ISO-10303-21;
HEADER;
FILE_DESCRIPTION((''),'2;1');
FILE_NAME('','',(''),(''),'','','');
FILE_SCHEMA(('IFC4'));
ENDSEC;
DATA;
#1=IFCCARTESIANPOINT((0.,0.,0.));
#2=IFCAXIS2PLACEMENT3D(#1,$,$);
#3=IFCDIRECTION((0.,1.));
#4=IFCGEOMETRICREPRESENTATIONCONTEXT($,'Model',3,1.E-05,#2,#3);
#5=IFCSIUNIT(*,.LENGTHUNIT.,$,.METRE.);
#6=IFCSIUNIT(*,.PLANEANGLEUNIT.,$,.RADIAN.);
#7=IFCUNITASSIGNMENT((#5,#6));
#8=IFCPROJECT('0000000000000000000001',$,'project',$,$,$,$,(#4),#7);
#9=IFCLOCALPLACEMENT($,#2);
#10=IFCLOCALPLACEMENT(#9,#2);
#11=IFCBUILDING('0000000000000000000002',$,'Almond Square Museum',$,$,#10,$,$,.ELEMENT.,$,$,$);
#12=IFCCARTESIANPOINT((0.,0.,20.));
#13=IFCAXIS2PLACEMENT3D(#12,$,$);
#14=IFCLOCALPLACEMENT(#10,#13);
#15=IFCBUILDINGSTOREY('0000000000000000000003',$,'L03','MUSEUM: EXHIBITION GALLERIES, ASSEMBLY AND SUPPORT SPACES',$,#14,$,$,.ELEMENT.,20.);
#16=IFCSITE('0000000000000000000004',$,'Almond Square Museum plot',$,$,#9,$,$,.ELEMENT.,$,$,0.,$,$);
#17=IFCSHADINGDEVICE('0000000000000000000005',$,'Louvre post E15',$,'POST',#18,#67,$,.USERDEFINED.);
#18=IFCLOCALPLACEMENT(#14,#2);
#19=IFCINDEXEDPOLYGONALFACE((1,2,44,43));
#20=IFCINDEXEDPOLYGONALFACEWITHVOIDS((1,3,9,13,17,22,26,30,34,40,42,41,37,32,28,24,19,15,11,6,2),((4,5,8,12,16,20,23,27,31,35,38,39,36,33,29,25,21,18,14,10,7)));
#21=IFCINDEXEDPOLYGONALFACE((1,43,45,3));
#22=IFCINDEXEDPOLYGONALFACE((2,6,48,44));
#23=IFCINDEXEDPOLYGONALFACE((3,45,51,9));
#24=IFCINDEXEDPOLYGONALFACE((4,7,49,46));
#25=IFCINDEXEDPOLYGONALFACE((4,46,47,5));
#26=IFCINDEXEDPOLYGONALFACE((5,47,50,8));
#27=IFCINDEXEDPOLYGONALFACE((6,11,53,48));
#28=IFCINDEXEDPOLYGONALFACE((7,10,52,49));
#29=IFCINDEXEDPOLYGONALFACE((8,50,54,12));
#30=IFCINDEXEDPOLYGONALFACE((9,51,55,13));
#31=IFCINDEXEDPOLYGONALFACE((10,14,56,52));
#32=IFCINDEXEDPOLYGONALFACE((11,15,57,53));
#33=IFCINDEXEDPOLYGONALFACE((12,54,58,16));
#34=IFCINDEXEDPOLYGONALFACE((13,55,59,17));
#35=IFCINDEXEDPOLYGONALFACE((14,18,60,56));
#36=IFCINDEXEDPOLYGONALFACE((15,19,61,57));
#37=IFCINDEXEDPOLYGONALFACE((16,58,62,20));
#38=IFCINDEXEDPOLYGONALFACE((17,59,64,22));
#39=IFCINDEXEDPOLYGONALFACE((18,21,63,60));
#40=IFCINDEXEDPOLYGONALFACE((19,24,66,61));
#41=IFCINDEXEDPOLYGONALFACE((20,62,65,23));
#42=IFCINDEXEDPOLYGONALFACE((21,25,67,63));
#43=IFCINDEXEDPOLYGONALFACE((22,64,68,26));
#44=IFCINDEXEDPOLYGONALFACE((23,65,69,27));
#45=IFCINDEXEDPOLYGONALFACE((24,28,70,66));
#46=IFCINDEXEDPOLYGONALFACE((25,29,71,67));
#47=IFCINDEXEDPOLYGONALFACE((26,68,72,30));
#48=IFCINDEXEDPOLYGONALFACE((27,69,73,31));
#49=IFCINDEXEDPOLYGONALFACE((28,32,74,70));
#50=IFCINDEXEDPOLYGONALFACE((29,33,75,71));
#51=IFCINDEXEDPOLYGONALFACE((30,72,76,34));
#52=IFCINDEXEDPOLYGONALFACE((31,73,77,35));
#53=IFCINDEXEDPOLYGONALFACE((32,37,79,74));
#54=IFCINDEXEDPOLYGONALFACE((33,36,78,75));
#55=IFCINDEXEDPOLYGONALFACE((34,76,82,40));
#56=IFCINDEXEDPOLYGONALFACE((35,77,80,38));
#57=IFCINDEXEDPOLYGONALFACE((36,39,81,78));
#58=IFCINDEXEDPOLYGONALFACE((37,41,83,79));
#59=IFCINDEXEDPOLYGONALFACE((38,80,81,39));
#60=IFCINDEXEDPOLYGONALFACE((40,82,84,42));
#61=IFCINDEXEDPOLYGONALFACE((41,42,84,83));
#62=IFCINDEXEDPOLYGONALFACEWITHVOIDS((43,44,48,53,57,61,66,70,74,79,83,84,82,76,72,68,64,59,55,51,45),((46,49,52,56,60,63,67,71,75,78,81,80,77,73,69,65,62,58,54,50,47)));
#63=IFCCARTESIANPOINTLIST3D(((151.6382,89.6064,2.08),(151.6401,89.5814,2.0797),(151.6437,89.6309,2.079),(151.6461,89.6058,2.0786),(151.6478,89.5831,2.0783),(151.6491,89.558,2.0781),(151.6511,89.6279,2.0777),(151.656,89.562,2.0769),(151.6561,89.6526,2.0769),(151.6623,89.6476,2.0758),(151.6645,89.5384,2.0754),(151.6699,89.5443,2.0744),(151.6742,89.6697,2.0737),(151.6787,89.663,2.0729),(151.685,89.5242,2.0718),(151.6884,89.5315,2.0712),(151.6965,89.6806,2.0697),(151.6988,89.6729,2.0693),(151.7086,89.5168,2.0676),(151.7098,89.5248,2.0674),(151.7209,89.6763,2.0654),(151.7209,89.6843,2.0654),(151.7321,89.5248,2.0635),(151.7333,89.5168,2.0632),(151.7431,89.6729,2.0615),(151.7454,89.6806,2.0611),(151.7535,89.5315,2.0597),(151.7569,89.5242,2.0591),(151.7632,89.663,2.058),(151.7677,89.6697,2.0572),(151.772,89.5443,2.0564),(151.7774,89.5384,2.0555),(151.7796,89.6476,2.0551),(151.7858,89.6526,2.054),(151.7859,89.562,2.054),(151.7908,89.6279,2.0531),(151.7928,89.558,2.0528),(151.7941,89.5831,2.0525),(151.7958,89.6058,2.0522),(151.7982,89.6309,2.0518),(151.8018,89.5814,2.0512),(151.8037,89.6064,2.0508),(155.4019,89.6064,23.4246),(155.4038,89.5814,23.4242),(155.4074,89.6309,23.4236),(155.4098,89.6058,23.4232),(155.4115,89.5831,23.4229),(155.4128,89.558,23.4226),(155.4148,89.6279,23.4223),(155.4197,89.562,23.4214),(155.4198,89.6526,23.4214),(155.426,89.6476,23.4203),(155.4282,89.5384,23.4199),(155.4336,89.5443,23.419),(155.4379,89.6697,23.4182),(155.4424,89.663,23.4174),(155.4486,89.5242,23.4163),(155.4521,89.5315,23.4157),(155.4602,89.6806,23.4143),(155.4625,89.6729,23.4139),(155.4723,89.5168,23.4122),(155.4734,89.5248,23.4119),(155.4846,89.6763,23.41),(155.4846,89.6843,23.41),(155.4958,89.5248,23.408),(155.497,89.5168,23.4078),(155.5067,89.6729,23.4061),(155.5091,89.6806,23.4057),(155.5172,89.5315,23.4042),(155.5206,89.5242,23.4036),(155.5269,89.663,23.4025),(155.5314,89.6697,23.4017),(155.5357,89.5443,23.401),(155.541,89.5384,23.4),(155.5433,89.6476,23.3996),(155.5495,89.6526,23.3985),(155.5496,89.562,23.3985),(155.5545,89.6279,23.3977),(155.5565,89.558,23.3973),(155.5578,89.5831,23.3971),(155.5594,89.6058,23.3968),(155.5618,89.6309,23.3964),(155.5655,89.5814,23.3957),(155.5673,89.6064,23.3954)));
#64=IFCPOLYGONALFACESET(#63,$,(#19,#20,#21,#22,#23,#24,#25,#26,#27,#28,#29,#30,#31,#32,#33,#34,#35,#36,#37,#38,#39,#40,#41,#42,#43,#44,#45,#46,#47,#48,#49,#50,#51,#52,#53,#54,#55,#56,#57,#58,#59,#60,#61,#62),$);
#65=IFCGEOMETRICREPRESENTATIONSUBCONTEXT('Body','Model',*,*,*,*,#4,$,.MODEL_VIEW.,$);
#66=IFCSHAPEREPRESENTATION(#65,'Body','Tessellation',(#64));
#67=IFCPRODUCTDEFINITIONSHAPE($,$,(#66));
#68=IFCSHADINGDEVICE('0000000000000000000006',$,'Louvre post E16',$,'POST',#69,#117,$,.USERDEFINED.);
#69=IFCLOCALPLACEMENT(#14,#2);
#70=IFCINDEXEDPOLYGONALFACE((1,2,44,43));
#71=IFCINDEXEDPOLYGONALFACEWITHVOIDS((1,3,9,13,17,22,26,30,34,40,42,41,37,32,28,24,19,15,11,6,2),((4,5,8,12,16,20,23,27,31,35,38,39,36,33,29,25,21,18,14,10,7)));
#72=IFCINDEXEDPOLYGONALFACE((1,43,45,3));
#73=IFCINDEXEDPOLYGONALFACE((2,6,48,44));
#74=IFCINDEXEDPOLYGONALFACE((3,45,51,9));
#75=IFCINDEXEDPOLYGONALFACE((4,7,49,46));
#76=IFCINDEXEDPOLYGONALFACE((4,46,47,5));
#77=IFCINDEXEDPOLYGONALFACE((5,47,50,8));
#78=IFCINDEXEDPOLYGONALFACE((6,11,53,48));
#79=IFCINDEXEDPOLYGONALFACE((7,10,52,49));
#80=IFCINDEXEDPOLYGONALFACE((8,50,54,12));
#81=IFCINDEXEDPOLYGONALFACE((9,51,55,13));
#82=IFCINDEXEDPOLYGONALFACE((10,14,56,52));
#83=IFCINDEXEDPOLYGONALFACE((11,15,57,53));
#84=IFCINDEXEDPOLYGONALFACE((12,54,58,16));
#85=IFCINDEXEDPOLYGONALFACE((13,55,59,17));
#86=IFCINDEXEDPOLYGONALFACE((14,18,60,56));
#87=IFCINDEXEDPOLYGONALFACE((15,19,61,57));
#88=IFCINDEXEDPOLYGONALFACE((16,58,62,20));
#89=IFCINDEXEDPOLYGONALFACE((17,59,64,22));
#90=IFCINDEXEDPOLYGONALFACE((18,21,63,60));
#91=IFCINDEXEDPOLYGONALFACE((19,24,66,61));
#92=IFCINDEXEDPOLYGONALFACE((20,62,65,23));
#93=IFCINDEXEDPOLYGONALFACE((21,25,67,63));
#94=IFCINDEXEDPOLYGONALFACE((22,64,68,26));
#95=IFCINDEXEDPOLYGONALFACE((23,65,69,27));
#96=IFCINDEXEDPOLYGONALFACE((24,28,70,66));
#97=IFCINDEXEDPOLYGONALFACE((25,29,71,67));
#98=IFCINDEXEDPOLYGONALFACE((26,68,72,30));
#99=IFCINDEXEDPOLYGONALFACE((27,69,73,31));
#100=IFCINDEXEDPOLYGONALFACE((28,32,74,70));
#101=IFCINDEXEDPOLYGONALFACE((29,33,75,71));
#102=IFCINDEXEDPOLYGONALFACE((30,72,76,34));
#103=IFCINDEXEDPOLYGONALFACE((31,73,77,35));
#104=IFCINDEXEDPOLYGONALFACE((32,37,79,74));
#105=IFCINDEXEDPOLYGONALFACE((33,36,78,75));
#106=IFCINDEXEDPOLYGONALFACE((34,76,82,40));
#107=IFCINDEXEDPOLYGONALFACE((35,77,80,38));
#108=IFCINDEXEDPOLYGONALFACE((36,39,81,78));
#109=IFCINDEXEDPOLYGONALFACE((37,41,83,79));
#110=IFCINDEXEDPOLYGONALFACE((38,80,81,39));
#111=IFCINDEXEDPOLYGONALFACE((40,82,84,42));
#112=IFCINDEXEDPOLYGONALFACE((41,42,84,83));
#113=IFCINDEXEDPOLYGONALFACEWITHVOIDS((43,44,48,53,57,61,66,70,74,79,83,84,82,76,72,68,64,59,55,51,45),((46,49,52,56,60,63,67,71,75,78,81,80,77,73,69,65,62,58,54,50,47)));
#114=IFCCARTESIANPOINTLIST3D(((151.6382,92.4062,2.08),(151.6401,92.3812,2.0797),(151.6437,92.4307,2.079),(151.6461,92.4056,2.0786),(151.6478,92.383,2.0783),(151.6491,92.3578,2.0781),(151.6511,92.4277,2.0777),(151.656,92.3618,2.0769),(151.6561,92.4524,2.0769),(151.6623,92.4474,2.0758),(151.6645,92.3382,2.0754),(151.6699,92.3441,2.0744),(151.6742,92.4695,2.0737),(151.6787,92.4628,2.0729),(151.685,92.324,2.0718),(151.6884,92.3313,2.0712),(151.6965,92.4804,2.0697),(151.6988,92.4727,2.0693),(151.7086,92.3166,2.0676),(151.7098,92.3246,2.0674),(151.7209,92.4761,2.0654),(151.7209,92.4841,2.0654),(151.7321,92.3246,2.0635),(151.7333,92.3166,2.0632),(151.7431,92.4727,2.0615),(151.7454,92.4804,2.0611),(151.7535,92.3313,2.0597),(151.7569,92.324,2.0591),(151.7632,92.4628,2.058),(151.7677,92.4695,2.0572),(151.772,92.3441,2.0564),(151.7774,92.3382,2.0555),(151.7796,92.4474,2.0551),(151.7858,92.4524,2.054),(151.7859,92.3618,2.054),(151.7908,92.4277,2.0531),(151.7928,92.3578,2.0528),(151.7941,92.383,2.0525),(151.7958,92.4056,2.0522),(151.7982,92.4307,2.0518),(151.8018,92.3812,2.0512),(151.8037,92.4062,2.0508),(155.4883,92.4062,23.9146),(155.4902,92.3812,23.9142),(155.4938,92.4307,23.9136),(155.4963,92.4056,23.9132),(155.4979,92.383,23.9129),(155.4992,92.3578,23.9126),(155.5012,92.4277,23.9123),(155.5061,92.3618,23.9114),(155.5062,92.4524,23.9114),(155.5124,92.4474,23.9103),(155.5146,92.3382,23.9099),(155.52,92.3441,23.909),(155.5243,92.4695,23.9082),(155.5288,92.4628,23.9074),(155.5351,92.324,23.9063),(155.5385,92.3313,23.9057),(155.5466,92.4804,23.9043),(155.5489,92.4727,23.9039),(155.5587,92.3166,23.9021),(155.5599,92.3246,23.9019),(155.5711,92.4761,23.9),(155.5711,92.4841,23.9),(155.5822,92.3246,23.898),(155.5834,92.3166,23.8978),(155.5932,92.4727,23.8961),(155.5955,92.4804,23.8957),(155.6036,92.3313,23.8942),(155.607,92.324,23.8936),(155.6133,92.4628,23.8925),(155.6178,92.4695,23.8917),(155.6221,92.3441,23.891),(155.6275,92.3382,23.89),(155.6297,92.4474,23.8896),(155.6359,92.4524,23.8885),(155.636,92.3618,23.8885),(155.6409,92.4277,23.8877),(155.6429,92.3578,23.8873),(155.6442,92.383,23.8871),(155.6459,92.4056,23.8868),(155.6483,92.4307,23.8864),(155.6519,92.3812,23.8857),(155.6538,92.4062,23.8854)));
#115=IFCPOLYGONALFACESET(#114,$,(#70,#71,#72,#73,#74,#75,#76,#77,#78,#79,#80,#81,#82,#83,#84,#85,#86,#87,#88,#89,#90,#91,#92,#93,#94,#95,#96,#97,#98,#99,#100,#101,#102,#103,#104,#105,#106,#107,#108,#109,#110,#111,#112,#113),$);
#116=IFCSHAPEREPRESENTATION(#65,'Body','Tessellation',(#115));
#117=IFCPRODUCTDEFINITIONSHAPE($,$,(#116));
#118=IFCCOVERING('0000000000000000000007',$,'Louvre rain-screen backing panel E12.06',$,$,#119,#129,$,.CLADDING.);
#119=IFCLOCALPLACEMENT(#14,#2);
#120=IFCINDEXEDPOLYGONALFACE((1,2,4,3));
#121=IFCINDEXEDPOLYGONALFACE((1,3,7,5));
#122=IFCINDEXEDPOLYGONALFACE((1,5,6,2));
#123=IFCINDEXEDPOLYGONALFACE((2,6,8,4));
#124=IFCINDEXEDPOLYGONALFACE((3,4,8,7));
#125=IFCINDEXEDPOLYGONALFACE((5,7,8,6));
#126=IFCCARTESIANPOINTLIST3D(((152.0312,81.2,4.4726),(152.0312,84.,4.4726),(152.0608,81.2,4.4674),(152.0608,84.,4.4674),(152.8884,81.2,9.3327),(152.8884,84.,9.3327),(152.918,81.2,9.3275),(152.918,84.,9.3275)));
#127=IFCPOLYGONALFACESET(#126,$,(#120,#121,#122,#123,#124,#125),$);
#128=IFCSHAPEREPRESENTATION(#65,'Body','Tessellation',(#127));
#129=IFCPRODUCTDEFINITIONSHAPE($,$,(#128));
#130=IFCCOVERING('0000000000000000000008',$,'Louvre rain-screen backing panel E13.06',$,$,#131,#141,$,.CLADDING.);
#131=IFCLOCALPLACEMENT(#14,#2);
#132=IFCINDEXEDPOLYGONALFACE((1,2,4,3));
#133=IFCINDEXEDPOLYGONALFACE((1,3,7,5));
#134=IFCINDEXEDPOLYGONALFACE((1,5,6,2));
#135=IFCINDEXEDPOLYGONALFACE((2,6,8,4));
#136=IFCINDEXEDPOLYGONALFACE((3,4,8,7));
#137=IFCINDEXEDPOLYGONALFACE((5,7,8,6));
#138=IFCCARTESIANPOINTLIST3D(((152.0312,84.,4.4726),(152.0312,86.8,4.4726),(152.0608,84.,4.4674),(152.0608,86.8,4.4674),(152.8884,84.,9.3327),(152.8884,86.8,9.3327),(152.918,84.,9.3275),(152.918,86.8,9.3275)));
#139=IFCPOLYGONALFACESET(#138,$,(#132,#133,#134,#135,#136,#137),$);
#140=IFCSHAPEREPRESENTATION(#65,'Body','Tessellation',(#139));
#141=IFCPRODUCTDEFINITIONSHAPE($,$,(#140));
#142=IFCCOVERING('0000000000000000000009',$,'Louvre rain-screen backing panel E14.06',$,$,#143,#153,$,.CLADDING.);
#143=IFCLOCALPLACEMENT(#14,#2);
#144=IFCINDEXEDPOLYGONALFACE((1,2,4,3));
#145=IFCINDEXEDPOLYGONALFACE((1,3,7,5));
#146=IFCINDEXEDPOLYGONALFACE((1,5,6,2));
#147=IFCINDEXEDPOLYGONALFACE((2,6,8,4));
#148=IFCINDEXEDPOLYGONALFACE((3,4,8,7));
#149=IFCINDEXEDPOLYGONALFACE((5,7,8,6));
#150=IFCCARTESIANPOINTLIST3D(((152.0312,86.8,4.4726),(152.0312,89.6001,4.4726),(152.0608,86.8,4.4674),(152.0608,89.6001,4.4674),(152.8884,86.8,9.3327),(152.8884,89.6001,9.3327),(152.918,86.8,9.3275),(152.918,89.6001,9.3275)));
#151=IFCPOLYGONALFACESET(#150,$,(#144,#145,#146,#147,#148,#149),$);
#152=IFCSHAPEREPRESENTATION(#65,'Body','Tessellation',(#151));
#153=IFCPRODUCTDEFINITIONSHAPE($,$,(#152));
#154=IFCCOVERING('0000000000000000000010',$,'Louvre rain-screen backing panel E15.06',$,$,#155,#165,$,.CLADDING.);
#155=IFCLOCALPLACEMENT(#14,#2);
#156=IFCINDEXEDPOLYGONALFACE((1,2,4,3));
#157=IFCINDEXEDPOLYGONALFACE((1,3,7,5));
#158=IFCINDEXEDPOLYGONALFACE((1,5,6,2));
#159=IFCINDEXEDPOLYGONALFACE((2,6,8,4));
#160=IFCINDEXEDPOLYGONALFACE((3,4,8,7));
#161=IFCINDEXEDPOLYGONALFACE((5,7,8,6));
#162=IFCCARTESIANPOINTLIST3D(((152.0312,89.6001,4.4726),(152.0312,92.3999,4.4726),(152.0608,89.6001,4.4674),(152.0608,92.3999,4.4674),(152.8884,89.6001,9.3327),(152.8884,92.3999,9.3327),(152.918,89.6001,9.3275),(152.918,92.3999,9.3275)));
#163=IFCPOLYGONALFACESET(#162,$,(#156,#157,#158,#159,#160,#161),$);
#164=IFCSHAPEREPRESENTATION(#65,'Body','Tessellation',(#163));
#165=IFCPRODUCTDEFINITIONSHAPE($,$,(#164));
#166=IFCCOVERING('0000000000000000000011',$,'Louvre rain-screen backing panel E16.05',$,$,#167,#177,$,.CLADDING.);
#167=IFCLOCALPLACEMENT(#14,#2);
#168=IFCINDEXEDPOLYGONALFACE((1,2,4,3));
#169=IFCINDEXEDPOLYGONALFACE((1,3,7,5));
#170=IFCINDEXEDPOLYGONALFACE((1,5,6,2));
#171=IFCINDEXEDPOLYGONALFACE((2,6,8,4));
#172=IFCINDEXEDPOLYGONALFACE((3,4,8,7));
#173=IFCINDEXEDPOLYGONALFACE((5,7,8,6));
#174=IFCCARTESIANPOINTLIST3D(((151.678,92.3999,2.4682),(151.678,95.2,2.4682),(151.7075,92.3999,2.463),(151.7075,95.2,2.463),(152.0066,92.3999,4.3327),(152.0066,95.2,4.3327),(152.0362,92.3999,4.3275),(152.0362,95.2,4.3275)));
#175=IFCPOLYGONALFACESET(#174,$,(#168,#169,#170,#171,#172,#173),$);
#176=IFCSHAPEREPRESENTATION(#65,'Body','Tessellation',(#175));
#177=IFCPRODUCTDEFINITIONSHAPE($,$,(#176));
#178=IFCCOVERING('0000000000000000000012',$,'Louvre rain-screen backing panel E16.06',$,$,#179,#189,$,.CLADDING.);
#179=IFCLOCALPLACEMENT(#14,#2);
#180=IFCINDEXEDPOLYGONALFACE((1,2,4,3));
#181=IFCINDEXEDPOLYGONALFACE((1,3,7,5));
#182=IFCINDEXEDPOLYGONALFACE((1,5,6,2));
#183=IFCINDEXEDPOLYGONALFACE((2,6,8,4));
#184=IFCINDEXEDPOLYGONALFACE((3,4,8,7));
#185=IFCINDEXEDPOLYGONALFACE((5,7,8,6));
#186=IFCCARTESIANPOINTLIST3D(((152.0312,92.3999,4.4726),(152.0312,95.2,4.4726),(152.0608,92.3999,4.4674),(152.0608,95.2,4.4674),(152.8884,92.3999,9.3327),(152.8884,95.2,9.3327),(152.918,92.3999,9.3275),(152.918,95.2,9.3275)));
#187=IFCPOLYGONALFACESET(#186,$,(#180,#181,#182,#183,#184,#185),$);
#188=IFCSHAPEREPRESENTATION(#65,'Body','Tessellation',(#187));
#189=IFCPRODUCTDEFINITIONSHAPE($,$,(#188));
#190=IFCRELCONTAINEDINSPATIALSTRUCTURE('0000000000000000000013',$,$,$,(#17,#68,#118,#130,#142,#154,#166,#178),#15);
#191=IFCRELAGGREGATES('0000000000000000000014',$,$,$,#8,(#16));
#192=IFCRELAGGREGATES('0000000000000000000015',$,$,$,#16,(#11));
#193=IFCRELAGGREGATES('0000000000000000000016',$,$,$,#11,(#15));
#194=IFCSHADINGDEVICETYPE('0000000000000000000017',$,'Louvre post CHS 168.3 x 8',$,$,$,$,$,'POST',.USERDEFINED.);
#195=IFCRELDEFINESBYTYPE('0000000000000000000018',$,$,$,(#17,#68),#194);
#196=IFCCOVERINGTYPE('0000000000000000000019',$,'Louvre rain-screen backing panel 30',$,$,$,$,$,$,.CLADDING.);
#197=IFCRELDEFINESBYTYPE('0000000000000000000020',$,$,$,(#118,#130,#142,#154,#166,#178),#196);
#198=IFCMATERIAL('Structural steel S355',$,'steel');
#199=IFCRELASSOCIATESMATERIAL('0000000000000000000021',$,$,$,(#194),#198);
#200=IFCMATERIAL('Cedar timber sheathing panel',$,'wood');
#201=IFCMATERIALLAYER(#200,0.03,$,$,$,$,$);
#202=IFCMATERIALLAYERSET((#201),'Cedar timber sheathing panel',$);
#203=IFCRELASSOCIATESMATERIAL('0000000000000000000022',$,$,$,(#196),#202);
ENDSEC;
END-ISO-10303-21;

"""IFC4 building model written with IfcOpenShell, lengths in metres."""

from ifc_helpers import new_model, si_unit, direction, frame, origin, origin_2d, place, context, subcontext, project, spatial, polyline, hollow_circle, outline, extrude, material, layer, layer_set, material_profile, profile_set, type_object, element, save


model = new_model("IFC4")

# Units and contexts
model_context = context("Model", 3, precision=1e-05, world=origin(), true_north=direction((0.0, 1.0)))
body_context = subcontext(model_context, "Body", "Model", "MODEL_VIEW")
ifc_project = project(units=[si_unit("LENGTHUNIT", "METRE"), si_unit("PLANEANGLEUNIT", "RADIAN")], contexts=[model_context])

# Site, building, storey
site_placement = place(None, origin())
site = spatial("IfcSite", under=ifc_project, at=site_placement, Name="Almond Square Museum plot", CompositionType="ELEMENT", RefElevation=0.0)
building_placement = place(site_placement, origin())
building = spatial("IfcBuilding", under=site, at=building_placement, Name="Almond Square Museum", CompositionType="ELEMENT")
storey_placement = place(building_placement, frame((0.0, 0.0, 20.0)))
storey = spatial("IfcBuildingStorey", under=building, at=storey_placement, Name="L03", Description="MUSEUM: EXHIBITION GALLERIES, ASSEMBLY AND SUPPORT SPACES", CompositionType="ELEMENT", Elevation=20.0)

# Shading devices
ifc_material_1 = material(Name="Structural steel S355", Category="steel")
ifc_material_profile_1 = material_profile(ifc_material_1, hollow_circle(Radius=0.0842, WallThickness=0.0081, at=origin_2d()))
ifc_profile_set_1 = profile_set([ifc_material_profile_1], Name="Structural steel S355")
shading_device_type = type_object("IfcShadingDeviceType", Name="Louvre post CHS 168.3 x 8", ElementType="POST", PredefinedType="USERDEFINED", material=ifc_profile_set_1)
shading_device_1_placement = place(storey_placement, frame((151.7209, 89.6001, 2.0654), z_axis=(0.173651, 0.0, 0.984807), x_axis=(0.0, 1.0, 0.0)))
element("IfcShadingDevice", 1, at=shading_device_1_placement, inside=storey, type_object=shading_device_type, Name="Louvre post E15", ObjectType="POST", PredefinedType="USERDEFINED", context=body_context, shape_type="SweptSolid", body=[
    extrude(hollow_circle(Radius=0.0842, WallThickness=0.0081, at=origin_2d()), origin(), (0.0, 0.0, 1.0), 21.6738),
])
shading_device_2_placement = place(storey_placement, frame((151.7209, 92.3999, 2.0654), z_axis=(0.173652, 0.0, 0.984807), x_axis=(0.0, 1.0, 0.0)))
element("IfcShadingDevice", 2, at=shading_device_2_placement, inside=storey, type_object=shading_device_type, Name="Louvre post E16", ObjectType="POST", PredefinedType="USERDEFINED", context=body_context, shape_type="SweptSolid", body=[
    extrude(hollow_circle(Radius=0.0842, WallThickness=0.0081, at=origin_2d()), origin(), (0.0, 0.0, 1.0), 22.1714),
])

# Coverings
ifc_material_2 = material(Name="Cedar timber sheathing panel", Category="wood")
ifc_layer = layer(ifc_material_2, 0.03)
ifc_layer_set = layer_set([ifc_layer], Name="Cedar timber sheathing panel")
covering_type_1 = type_object("IfcCoveringType", Name="Louvre rain-screen backing panel 30", PredefinedType="CLADDING", material=ifc_layer_set)
for number, where, z_axis, x_axis, name in (
    (3, (152.0461, 81.2, 4.47), (0.9848, 0.0, -0.173689), (0.0, 1.0, 0.0), "Louvre rain-screen backing panel E12.06"),
    (4, (152.0461, 84.0, 4.47), (0.9848, 0.0, -0.173689), (0.0, 1.0, 0.0), "Louvre rain-screen backing panel E13.06"),
    (5, (152.0461, 86.8, 4.47), (0.9848, 0.0, -0.173689), (0.0, 1.0, 0.0), "Louvre rain-screen backing panel E14.06"),
):
    element("IfcCovering", number, at=place(storey_placement, frame(where, z_axis=z_axis, x_axis=x_axis)), inside=storey, type_object=covering_type_1, Name=name, PredefinedType="CLADDING", context=body_context, shape_type="SweptSolid", body=[
        extrude(outline(polyline([(0.0, 0.0), (2.8, 0.0), (2.8, 4.9351), (0.0, 4.9351), (0.0, 0.0)])), frame((0.0, 0.0, -0.0151)), (0.0, 0.0, 1.0), 0.03),
    ])
covering_1_placement = place(storey_placement, frame((152.0461, 89.6001, 4.47), z_axis=(0.9848, 0.0, -0.173689), x_axis=(0.0, 1.0, 0.0)))
element("IfcCovering", 6, at=covering_1_placement, inside=storey, type_object=covering_type_1, Name="Louvre rain-screen backing panel E15.06", PredefinedType="CLADDING", context=body_context, shape_type="SweptSolid", body=[
    extrude(outline(polyline([(0.0, 0.0), (2.7998, 0.0), (2.7998, 4.9351), (0.0, 4.9351), (0.0, 0.0)])), frame((0.0, 0.0, -0.0151)), (0.0, 0.0, 1.0), 0.03),
])
covering_2_placement = place(storey_placement, frame((151.6929, 92.3999, 2.4656), z_axis=(0.984821, 0.0, -0.173572), x_axis=(0.0, 1.0, 0.0)))
element("IfcCovering", 7, at=covering_2_placement, inside=storey, type_object=covering_type_1, Name="Louvre rain-screen backing panel E16.05", PredefinedType="CLADDING", context=body_context, shape_type="SweptSolid", body=[
    extrude(outline(polyline([(0.0, 0.0), (2.8, 0.0), (2.8, 1.8932), (0.0, 1.8932), (0.0, 0.0)])), frame((0.0, 0.0, -0.0151)), (0.0, 0.0, 1.0), 0.03),
])
covering_3_placement = place(storey_placement, frame((152.0461, 92.3999, 4.47), z_axis=(0.9848, 0.0, -0.173689), x_axis=(0.0, 1.0, 0.0)))
element("IfcCovering", 8, at=covering_3_placement, inside=storey, type_object=covering_type_1, Name="Louvre rain-screen backing panel E16.06", PredefinedType="CLADDING", context=body_context, shape_type="SweptSolid", body=[
    extrude(outline(polyline([(0.0, 0.0), (2.8, 0.0), (2.8, 4.9351), (0.0, 4.9351), (0.0, 0.0)])), frame((0.0, 0.0, -0.0151)), (0.0, 0.0, 1.0), 0.03),
])

save(model, "model.ifc")
